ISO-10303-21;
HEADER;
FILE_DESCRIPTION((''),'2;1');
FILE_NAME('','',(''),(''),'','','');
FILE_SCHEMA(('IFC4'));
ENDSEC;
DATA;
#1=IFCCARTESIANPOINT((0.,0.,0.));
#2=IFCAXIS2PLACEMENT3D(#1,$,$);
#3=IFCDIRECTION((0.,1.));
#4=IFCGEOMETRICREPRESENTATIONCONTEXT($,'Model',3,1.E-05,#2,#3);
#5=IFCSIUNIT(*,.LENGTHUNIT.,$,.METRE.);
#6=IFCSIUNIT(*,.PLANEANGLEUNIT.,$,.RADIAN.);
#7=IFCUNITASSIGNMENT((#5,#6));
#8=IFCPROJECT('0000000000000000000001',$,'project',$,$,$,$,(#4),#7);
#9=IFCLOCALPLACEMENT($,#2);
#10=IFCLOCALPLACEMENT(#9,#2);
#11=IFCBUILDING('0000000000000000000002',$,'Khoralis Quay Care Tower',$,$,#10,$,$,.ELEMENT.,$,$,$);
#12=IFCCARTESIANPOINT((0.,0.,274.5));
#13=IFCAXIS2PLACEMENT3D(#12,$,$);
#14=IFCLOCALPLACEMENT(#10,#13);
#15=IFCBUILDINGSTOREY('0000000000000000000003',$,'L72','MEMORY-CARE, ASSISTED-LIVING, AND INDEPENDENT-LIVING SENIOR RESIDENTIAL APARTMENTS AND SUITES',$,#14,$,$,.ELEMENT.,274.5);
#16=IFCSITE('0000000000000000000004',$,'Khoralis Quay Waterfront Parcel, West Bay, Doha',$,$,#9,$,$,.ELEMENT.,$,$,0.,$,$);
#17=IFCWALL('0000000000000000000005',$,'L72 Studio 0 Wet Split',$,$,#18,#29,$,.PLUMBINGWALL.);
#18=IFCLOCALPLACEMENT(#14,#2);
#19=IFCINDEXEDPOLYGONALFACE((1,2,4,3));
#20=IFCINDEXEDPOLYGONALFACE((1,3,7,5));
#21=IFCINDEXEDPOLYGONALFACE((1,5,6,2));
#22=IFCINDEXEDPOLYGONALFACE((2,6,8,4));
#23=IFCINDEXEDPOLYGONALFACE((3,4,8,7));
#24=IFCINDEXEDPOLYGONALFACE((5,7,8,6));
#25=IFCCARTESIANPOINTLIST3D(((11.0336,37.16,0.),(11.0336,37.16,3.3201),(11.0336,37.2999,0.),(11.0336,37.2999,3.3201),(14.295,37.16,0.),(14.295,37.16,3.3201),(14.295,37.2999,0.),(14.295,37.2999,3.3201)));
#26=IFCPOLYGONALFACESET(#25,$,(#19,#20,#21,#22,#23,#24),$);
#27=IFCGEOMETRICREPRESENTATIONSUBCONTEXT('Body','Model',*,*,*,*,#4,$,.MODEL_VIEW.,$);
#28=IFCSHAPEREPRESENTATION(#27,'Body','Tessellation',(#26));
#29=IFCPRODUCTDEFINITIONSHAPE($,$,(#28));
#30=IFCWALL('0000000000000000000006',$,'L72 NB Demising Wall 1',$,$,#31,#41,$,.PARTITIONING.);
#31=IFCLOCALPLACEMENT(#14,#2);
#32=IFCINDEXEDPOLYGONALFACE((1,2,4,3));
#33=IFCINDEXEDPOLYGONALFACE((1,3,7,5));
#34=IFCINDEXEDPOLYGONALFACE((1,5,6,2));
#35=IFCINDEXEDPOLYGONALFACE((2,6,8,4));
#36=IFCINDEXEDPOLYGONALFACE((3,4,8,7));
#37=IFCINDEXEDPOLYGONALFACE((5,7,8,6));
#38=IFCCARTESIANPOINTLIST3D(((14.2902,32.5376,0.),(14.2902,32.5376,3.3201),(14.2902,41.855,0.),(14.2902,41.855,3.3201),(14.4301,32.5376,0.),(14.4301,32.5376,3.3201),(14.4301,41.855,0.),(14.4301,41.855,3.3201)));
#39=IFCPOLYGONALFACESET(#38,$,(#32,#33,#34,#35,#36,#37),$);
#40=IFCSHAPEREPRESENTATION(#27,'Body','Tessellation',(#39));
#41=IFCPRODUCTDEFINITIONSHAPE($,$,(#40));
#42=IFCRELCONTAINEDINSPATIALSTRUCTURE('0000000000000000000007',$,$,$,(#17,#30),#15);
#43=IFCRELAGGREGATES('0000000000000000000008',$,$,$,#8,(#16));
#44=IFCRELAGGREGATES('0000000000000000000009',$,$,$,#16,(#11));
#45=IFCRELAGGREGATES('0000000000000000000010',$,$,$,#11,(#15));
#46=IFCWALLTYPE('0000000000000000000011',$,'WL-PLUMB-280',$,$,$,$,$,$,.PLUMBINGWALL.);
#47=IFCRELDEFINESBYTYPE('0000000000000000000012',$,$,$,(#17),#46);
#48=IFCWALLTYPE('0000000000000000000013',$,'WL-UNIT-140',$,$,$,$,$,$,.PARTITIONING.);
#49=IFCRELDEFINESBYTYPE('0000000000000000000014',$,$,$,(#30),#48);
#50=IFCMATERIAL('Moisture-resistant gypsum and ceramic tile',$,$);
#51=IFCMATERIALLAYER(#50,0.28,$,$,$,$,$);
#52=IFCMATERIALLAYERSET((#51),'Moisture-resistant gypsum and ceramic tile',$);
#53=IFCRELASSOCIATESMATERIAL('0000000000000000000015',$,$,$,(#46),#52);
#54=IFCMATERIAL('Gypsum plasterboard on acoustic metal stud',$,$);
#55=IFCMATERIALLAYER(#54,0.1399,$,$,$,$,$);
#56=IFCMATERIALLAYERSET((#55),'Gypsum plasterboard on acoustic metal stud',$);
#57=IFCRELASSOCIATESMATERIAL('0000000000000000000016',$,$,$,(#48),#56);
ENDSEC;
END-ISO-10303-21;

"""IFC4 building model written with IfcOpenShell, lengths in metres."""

from ifc_helpers import new_model, si_unit, direction, frame, frame_2d, origin, place, context, subcontext, project, spatial, rectangle, extrude, material, layer, layer_set, type_object, element, save


model = new_model("IFC4")

# Units and contexts
model_context = context("Model", 3, precision=1e-05, world=origin(), true_north=direction((0.0, 1.0)))
body_context = subcontext(model_context, "Body", "Model", "MODEL_VIEW")
ifc_project = project(units=[si_unit("LENGTHUNIT", "METRE"), si_unit("PLANEANGLEUNIT", "RADIAN")], contexts=[model_context])

# Site, building, storey
site_placement = place(None, origin())
site = spatial("IfcSite", under=ifc_project, at=site_placement, Name="Khoralis Quay Waterfront Parcel, West Bay, Doha", CompositionType="ELEMENT", RefElevation=0.0)
building_placement = place(site_placement, origin())
building = spatial("IfcBuilding", under=site, at=building_placement, Name="Khoralis Quay Care Tower", CompositionType="ELEMENT")
storey_placement = place(building_placement, frame((0.0, 0.0, 274.5)))
storey = spatial("IfcBuildingStorey", under=building, at=storey_placement, Name="L72", Description="MEMORY-CARE, ASSISTED-LIVING, AND INDEPENDENT-LIVING SENIOR RESIDENTIAL APARTMENTS AND SUITES", CompositionType="ELEMENT", Elevation=274.5)

# Walls
ifc_material_1 = material(Name="Moisture-resistant gypsum and ceramic tile")
ifc_layer_1 = layer(ifc_material_1, 0.28)
ifc_layer_set_1 = layer_set([ifc_layer_1], Name="Moisture-resistant gypsum and ceramic tile")
wall_type_1 = type_object("IfcWallType", Name="WL-PLUMB-280", PredefinedType="PLUMBINGWALL", material=ifc_layer_set_1)
wall_1_placement = place(storey_placement, frame((11.0334, 37.23, 0.0), z_axis=(0.0, 0.0, 1.0), x_axis=(1.0, 0.0, 0.0)))
element("IfcWall", 1, at=wall_1_placement, inside=storey, type_object=wall_type_1, Name="L72 Studio 0 Wet Split", PredefinedType="PLUMBINGWALL", context=body_context, shape_type="SweptSolid", body=[
    extrude(rectangle(XDim=3.2615, YDim=0.1399, at=frame_2d((1.6309, 0.0))), origin(), (0.0, 0.0, 1.0), 3.3201),
])
ifc_material_2 = material(Name="Gypsum plasterboard on acoustic metal stud")
ifc_layer_2 = layer(ifc_material_2, 0.1399)
ifc_layer_set_2 = layer_set([ifc_layer_2], Name="Gypsum plasterboard on acoustic metal stud")
wall_type_2 = type_object("IfcWallType", Name="WL-UNIT-140", PredefinedType="PARTITIONING", material=ifc_layer_set_2)
wall_2_placement = place(storey_placement, frame((14.3601, 32.5376, 0.0), z_axis=(0.0, 0.0, 1.0), x_axis=(0.0, 1.0, 0.0)))
element("IfcWall", 2, at=wall_2_placement, inside=storey, type_object=wall_type_2, Name="L72 NB Demising Wall 1", PredefinedType="PARTITIONING", context=body_context, shape_type="SweptSolid", body=[
    extrude(rectangle(XDim=9.3174, YDim=0.1399, at=frame_2d((4.6587, 0.0))), origin(), (0.0, 0.0, 1.0), 3.3201),
])

save(model, "model.ifc")
